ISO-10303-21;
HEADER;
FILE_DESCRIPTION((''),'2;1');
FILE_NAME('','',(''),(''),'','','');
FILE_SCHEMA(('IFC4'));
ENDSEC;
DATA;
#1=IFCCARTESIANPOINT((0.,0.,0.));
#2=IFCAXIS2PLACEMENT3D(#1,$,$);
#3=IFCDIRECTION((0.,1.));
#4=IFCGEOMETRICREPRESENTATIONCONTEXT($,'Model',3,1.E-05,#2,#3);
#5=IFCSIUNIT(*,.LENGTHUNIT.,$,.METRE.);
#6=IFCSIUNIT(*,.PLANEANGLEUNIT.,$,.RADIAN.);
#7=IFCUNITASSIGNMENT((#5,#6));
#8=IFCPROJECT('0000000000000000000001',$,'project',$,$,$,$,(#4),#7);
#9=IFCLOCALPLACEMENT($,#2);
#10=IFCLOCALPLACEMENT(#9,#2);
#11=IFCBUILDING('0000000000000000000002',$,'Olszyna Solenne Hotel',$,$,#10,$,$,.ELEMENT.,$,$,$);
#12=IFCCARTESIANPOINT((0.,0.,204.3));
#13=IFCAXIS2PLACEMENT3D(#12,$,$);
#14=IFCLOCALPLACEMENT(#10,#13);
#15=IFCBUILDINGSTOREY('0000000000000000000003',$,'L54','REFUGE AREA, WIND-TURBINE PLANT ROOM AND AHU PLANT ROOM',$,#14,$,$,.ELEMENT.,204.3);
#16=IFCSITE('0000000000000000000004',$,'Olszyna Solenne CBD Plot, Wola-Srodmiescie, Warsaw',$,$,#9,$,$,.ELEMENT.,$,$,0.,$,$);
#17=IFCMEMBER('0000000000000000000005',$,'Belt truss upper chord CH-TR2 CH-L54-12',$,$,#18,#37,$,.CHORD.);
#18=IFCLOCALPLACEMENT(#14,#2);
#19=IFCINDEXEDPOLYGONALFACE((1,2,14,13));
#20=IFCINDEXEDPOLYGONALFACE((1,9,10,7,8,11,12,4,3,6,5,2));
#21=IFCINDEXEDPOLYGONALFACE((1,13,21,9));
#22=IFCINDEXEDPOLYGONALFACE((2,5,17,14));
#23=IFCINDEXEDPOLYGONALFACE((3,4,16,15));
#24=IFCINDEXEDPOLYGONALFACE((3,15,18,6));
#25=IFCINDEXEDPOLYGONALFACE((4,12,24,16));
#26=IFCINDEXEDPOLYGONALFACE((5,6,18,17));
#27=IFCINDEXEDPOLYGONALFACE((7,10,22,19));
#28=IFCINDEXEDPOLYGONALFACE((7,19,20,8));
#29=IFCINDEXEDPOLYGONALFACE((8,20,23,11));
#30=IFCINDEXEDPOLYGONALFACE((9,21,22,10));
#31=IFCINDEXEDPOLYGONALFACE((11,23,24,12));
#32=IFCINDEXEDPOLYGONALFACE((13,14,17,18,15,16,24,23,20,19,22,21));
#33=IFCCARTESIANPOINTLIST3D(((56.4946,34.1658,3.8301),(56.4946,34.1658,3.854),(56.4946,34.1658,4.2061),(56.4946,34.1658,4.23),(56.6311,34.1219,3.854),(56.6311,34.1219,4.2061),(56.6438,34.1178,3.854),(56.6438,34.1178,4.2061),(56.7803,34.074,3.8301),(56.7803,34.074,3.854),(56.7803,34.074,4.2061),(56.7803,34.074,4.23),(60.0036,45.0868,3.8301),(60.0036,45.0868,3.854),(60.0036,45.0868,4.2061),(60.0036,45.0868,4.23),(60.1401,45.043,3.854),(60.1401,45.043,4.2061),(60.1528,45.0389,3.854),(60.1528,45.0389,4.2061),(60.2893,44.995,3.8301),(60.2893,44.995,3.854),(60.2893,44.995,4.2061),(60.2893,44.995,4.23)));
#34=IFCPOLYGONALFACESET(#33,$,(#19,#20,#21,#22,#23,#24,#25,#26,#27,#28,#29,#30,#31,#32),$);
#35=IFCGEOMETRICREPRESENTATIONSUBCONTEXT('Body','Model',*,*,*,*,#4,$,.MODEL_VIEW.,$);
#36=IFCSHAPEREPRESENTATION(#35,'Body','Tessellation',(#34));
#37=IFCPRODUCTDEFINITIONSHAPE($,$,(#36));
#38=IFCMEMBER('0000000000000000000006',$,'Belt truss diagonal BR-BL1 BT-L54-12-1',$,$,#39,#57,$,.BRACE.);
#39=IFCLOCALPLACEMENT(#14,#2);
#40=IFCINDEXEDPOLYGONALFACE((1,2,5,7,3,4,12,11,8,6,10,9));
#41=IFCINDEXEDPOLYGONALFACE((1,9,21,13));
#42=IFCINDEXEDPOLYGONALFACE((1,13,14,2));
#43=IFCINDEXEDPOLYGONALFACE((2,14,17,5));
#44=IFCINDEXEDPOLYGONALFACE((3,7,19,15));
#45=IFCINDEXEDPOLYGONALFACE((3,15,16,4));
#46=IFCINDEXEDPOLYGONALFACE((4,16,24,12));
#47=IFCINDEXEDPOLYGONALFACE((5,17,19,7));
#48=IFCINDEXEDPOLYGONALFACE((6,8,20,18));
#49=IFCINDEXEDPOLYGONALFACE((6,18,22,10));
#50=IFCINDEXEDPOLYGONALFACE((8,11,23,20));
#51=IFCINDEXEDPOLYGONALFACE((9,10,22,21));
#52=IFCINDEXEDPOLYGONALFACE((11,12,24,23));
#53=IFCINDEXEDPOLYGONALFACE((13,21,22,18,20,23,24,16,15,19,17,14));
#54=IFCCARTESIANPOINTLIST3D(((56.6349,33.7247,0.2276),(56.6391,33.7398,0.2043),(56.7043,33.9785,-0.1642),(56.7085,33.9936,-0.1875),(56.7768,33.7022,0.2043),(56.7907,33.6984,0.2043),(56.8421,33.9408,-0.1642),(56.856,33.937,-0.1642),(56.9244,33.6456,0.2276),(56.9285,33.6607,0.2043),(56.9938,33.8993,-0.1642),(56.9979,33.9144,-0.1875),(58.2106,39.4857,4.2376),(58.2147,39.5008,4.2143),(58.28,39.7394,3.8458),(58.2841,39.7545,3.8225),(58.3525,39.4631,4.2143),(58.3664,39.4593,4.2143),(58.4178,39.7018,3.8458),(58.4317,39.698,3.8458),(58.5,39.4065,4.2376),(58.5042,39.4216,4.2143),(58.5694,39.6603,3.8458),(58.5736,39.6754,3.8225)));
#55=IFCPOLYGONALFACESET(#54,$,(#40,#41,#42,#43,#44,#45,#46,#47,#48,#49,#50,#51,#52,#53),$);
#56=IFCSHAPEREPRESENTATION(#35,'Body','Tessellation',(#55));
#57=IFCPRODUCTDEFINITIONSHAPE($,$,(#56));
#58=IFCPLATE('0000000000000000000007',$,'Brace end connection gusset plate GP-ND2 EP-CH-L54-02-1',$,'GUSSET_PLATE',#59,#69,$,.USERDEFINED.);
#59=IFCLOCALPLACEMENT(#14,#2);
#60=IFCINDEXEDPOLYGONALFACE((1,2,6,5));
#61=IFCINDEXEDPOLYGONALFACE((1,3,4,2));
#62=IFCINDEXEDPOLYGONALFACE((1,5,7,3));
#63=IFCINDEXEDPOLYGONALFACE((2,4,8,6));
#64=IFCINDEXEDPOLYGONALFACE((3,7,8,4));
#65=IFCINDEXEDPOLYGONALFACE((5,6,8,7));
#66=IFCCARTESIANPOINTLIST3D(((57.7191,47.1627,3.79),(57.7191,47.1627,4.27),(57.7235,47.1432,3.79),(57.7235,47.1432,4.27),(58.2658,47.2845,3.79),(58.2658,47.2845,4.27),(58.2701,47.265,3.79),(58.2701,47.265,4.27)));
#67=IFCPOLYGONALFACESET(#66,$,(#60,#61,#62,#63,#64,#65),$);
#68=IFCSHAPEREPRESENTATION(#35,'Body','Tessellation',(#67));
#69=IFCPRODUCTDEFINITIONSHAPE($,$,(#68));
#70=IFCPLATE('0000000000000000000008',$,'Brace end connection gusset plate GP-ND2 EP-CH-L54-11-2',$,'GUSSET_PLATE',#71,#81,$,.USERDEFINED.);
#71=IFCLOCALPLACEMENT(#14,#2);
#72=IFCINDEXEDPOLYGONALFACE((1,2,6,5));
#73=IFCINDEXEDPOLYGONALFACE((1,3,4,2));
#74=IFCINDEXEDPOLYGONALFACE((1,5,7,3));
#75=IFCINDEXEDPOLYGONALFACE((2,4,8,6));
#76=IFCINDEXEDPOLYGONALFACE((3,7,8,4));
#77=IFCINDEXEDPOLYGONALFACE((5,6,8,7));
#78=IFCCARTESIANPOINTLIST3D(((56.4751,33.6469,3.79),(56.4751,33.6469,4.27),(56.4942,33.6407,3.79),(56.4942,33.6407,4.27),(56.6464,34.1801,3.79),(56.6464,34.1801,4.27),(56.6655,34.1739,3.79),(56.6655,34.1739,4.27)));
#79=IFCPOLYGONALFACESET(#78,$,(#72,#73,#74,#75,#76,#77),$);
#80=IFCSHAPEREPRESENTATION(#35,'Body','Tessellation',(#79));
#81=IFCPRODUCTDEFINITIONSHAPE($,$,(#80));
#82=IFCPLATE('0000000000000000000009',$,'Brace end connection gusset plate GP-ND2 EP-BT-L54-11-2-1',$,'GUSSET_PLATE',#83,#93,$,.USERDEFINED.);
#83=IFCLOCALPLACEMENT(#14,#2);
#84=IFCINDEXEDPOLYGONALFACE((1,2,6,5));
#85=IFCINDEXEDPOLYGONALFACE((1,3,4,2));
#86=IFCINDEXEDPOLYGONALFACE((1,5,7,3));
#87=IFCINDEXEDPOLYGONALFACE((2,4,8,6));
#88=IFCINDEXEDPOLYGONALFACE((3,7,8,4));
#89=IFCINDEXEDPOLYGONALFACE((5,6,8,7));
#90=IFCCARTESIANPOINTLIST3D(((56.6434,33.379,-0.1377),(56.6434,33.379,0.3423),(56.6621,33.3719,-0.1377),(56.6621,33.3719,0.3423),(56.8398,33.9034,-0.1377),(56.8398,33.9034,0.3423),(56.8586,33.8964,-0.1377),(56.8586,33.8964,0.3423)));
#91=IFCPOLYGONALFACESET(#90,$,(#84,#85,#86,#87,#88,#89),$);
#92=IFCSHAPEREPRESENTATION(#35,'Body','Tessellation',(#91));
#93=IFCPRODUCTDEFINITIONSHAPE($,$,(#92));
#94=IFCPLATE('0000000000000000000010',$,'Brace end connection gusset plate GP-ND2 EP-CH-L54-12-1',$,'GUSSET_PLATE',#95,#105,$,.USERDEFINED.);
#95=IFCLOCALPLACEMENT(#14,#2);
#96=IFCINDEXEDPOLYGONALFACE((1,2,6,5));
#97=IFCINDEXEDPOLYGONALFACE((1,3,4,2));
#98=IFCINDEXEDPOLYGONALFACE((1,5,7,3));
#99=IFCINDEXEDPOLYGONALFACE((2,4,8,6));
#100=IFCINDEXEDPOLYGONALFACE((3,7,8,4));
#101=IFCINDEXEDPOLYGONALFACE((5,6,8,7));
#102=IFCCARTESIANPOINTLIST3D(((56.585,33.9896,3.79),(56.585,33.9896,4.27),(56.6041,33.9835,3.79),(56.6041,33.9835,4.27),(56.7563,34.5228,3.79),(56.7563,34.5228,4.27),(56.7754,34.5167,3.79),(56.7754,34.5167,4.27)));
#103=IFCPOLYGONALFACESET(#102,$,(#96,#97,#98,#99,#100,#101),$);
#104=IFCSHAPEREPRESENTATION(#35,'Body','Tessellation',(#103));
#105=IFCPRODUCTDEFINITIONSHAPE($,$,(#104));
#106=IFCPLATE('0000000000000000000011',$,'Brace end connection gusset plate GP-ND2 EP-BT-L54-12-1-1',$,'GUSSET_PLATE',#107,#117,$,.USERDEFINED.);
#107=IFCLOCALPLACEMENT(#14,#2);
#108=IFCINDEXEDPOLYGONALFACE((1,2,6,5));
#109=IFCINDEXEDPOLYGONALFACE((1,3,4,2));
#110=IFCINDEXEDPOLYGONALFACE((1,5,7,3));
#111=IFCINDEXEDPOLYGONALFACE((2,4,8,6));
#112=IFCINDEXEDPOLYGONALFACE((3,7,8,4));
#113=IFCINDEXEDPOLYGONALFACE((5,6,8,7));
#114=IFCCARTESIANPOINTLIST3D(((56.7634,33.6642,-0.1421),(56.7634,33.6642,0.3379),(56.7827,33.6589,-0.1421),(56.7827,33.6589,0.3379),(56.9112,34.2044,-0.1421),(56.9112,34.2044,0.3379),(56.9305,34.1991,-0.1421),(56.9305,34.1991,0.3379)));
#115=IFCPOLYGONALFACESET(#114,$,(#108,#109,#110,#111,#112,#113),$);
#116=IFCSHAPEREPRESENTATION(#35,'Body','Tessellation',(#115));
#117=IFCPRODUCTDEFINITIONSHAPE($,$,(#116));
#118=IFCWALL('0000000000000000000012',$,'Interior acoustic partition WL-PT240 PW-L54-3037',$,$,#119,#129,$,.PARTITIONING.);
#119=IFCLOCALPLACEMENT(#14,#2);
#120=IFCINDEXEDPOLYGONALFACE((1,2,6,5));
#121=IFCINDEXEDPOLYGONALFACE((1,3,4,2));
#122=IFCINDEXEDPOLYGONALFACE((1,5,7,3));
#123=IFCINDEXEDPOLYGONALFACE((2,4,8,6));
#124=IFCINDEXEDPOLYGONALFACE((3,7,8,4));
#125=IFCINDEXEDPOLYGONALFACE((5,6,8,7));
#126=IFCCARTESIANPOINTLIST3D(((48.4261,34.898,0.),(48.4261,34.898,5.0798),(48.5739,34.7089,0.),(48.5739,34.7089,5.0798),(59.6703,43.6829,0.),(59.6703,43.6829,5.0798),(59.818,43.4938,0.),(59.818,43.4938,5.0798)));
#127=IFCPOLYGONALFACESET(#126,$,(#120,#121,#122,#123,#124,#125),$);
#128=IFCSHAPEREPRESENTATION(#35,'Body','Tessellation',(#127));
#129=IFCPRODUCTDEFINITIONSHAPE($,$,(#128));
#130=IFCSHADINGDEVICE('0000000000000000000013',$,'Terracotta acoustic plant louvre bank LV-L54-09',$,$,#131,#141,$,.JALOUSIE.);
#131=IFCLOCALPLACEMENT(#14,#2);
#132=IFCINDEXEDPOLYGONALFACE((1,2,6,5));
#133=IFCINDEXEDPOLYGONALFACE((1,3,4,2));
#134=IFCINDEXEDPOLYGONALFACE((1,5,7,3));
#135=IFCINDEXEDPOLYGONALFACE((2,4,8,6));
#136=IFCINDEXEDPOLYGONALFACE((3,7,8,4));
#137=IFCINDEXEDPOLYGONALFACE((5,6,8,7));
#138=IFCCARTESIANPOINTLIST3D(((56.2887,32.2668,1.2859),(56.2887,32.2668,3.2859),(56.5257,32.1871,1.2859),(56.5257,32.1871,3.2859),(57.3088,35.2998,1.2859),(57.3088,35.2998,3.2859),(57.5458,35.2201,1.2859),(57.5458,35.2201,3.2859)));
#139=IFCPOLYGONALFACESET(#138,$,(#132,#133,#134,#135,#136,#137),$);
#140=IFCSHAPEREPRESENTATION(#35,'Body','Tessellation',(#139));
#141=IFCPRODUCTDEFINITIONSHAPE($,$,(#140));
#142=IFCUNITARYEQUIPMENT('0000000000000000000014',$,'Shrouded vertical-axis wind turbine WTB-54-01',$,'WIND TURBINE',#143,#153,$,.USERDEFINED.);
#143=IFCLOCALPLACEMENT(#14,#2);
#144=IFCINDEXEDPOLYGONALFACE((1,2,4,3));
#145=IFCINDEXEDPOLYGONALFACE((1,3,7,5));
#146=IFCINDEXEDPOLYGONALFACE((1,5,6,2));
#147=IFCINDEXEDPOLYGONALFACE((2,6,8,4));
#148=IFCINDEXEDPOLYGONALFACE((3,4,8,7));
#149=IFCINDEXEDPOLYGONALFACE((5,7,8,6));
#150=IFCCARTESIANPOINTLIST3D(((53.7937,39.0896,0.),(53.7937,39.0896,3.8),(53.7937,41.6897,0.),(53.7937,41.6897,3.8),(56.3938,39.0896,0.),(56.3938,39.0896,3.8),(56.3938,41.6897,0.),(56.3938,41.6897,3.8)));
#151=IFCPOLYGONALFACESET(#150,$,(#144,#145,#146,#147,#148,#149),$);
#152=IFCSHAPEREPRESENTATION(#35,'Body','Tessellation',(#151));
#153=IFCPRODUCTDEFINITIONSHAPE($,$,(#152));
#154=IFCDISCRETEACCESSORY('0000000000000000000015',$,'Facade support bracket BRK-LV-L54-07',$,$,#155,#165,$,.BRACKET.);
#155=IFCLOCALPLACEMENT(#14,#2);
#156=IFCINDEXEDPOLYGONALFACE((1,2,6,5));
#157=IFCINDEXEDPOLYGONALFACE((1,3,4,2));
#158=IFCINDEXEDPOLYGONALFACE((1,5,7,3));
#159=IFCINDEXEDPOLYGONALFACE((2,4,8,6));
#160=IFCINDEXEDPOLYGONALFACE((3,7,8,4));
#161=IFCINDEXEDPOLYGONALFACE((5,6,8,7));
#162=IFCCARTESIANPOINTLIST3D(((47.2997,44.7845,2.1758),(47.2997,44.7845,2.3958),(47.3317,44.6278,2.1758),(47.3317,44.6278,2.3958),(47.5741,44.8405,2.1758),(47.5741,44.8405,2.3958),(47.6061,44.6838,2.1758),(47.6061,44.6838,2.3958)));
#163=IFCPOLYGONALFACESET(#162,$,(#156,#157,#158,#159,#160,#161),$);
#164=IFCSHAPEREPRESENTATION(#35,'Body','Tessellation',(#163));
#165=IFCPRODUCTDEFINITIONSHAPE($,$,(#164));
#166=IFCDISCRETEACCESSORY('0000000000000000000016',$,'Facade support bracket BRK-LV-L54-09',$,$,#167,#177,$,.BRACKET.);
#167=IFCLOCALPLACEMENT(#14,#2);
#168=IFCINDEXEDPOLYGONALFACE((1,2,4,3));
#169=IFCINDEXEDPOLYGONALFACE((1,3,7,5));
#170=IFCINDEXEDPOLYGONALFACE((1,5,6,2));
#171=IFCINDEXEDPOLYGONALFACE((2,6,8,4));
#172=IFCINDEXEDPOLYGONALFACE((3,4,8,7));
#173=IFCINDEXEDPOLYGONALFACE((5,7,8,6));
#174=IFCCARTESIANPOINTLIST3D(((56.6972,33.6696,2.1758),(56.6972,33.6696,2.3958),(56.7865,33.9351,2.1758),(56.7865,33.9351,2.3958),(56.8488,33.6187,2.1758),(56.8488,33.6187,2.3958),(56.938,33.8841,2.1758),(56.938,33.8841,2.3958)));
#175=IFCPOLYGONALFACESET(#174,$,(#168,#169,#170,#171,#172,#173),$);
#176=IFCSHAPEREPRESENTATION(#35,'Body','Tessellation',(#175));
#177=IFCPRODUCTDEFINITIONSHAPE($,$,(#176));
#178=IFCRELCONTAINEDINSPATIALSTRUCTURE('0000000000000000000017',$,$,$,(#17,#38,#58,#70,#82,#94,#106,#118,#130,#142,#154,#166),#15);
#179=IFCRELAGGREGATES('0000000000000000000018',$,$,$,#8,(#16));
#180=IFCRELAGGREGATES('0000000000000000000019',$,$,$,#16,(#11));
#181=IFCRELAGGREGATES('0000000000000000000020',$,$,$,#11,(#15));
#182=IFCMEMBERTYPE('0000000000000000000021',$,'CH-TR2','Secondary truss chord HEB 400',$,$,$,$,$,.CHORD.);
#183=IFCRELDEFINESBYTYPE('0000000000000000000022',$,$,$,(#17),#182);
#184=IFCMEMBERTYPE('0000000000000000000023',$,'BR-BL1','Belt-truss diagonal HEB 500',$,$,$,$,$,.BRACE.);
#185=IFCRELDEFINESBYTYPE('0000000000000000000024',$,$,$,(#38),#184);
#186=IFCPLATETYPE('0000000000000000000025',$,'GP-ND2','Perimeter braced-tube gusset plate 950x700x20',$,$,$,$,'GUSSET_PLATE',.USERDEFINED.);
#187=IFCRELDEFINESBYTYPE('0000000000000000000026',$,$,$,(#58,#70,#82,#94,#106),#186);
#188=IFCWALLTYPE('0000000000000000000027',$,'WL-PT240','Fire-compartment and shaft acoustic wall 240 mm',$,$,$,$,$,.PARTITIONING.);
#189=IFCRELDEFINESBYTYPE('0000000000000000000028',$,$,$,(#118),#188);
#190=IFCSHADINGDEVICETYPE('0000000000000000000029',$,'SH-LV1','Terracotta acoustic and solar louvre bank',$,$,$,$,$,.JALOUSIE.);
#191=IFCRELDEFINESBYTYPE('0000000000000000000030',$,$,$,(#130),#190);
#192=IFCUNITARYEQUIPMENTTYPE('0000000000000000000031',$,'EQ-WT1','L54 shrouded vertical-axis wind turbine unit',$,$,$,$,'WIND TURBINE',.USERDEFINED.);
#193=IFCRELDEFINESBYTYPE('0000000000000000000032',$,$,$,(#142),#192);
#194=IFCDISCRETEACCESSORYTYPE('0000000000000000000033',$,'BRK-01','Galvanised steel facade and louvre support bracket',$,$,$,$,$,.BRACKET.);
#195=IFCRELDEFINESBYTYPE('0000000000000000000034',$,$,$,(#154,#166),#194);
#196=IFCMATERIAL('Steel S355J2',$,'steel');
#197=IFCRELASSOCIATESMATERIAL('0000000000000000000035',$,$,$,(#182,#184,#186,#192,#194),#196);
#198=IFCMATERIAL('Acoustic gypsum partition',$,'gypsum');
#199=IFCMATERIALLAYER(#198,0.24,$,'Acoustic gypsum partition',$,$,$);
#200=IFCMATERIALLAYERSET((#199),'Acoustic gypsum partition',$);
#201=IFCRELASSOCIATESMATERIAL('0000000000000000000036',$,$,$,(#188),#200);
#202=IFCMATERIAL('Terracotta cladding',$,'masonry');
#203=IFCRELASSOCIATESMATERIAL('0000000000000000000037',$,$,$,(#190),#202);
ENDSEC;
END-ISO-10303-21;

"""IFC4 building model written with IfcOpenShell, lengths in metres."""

from ifc_helpers import new_model, si_unit, direction, frame, frame_2d, origin, origin_2d, place, context, subcontext, project, spatial, rectangle, i_section, extrude, source, transform, mapped, material, layer, layer_set, material_profile, profile_set, type_object, element, save


model = new_model("IFC4")

# Units and contexts
model_context = context("Model", 3, precision=1e-05, world=origin(), true_north=direction((0.0, 1.0)))
body_context = subcontext(model_context, "Body", "Model", "MODEL_VIEW")
ifc_project = project(units=[si_unit("LENGTHUNIT", "METRE"), si_unit("PLANEANGLEUNIT", "RADIAN")], contexts=[model_context])

# Site, building, storey
site_placement = place(None, origin())
site = spatial("IfcSite", under=ifc_project, at=site_placement, Name="Olszyna Solenne CBD Plot, Wola-Srodmiescie, Warsaw", CompositionType="ELEMENT", RefElevation=0.0)
building_placement = place(site_placement, origin())
building = spatial("IfcBuilding", under=site, at=building_placement, Name="Olszyna Solenne Hotel", CompositionType="ELEMENT")
storey_placement = place(building_placement, frame((0.0, 0.0, 204.3)))
storey = spatial("IfcBuildingStorey", under=building, at=storey_placement, Name="L54", Description="REFUGE AREA, WIND-TURBINE PLANT ROOM AND AHU PLANT ROOM", CompositionType="ELEMENT", Elevation=204.3)

# Shared definitions
ifc_material_1 = material(Name="Steel S355J2", Category="steel")

# Members
ifc_material_profile_1 = material_profile(ifc_material_1, i_section(OverallWidth=0.3, OverallDepth=0.3999, WebThickness=0.0134, FlangeThickness=0.0239, at=origin_2d()), Name="HEB 400", Category="load-bearing")
ifc_profile_set_1 = profile_set([ifc_material_profile_1], Name="Steel S355J2")
member_type_1 = type_object("IfcMemberType", Name="CH-TR2", Description="Secondary truss chord HEB 400", PredefinedType="CHORD", material=ifc_profile_set_1)
ifc_material_profile_2 = material_profile(ifc_material_1, i_section(OverallWidth=0.3, OverallDepth=0.5, WebThickness=0.0144, FlangeThickness=0.0281, at=origin_2d()), Name="HEB 500", Category="load-bearing")
ifc_profile_set_2 = profile_set([ifc_material_profile_2], Name="Steel S355J2")
member_type_2 = type_object("IfcMemberType", Name="BR-BL1", Description="Belt-truss diagonal HEB 500", PredefinedType="BRACE", material=ifc_profile_set_2)
shared_shape_1 = source(origin(), body_context, "Body", "SweptSolid", [
    extrude(i_section(OverallWidth=0.3, OverallDepth=0.3999, WebThickness=0.0134, FlangeThickness=0.0239, at=origin_2d()), origin(), (0.0, 0.0, 1.0), 11.4709),
])
member_1_placement = place(storey_placement, frame((56.6375, 34.1199, 4.03), z_axis=(0.305904, 0.952062, 0.0), x_axis=(-0.952062, 0.305904, 0.0)))
element("IfcMember", 1, at=member_1_placement, inside=storey, type_object=member_type_1, Name="Belt truss upper chord CH-TR2 CH-L54-12", PredefinedType="CHORD", context=body_context, shape_type="MappedRepresentation", body=[
    mapped(shared_shape_1, transform((0.0, 0.0, 0.0), x_axis=(1.0, 0.0, 0.0), y_axis=(0.0, 1.0, 0.0), z_axis=(0.0, 0.0, 1.0), scale=1.0)),
])
shared_shape_2 = source(origin(), body_context, "Body", "SweptSolid", [
    extrude(i_section(OverallWidth=0.3, OverallDepth=0.5, WebThickness=0.0144, FlangeThickness=0.0281, at=origin_2d()), origin(), (0.0, 0.0, 1.0), 7.1938),
])
member_2_placement = place(storey_placement, frame((56.8164, 33.8196, 0.02), z_axis=(0.219031, 0.800818, 0.55742), x_axis=(-0.964572, 0.263819, 0.0)))
element("IfcMember", 2, at=member_2_placement, inside=storey, type_object=member_type_2, Name="Belt truss diagonal BR-BL1 BT-L54-12-1", PredefinedType="BRACE", context=body_context, shape_type="MappedRepresentation", body=[
    mapped(shared_shape_2, transform((0.0, 0.0, 0.0), x_axis=(1.0, 0.0, 0.0), y_axis=(0.0, 1.0, 0.0), z_axis=(0.0, 0.0, 1.0), scale=1.0)),
])

# Plates
plate_type = type_object("IfcPlateType", Name="GP-ND2", Description="Perimeter braced-tube gusset plate 950x700x20", ElementType="GUSSET_PLATE", PredefinedType="USERDEFINED", material=ifc_material_1)
shared_shape_3 = source(origin(), body_context, "Body", "SweptSolid", [
    extrude(rectangle(XDim=0.5601, YDim=0.02, at=origin_2d()), origin(), (0.0, 0.0, 1.0), 0.48),
])
for number, where, z_axis, x_axis, name in (
    (3, (57.9946, 47.2139, 3.79), (0.0, 0.0, 1.0), (-0.976069, -0.217462, 0.0), "Brace end connection gusset plate GP-ND2 EP-CH-L54-02-1"),
    (4, (56.5703, 33.9104, 3.79), (0.0, 0.0, 1.0), (0.305861, 0.952076, 0.0), "Brace end connection gusset plate GP-ND2 EP-CH-L54-11-2"),
    (5, (56.751, 33.6377, -0.1377), (0.0, 0.0, 1.0), (-0.350698, -0.936489, 0.0), "Brace end connection gusset plate GP-ND2 EP-BT-L54-11-2-1"),
    (6, (56.6802, 34.2532, 3.79), (0.0, 0.0, 1.0), (0.305861, 0.952076, 0.0), "Brace end connection gusset plate GP-ND2 EP-CH-L54-12-1"),
    (7, (56.8469, 33.9316, -0.1421), (0.0, 0.0, 1.0), (0.263873, 0.964557, 0.0), "Brace end connection gusset plate GP-ND2 EP-BT-L54-12-1-1"),
):
    element("IfcPlate", number, at=place(storey_placement, frame(where, z_axis=z_axis, x_axis=x_axis)), inside=storey, type_object=plate_type, Name=name, ObjectType="GUSSET_PLATE", PredefinedType="USERDEFINED", context=body_context, shape_type="MappedRepresentation", body=[
        mapped(shared_shape_3, transform((0.0, 0.0, 0.0), x_axis=(1.0, 0.0, 0.0), y_axis=(0.0, 1.0, 0.0), z_axis=(0.0, 0.0, 1.0), scale=1.0)),
    ])

# Wall
ifc_material_2 = material(Name="Acoustic gypsum partition", Category="gypsum")
ifc_layer = layer(ifc_material_2, 0.24, Name="Acoustic gypsum partition")
ifc_layer_set = layer_set([ifc_layer], Name="Acoustic gypsum partition")
wall_type = type_object("IfcWallType", Name="WL-PT240", Description="Fire-compartment and shaft acoustic wall 240 mm", PredefinedType="PARTITIONING", material=ifc_layer_set)
wall_placement = place(storey_placement, frame((48.5, 34.8035, 0.0), z_axis=(0.0, 0.0, 1.0), x_axis=(0.78801, 0.615663, 0.0)))
element("IfcWall", 8, at=wall_placement, inside=storey, type_object=wall_type, Name="Interior acoustic partition WL-PT240 PW-L54-3037", PredefinedType="PARTITIONING", context=body_context, shape_type="SweptSolid", body=[
    extrude(rectangle(XDim=14.269, YDim=0.24, at=frame_2d((7.1345, 0.0))), origin(), (0.0, 0.0, 1.0), 5.0798),
])

# Shading device
ifc_material_3 = material(Name="Terracotta cladding", Category="masonry")
shading_device_type = type_object("IfcShadingDeviceType", Name="SH-LV1", Description="Terracotta acoustic and solar louvre bank", PredefinedType="JALOUSIE", material=ifc_material_3)
shared_shape_4 = source(origin(), body_context, "Body", "SweptSolid", [
    extrude(rectangle(XDim=3.2, YDim=0.25, at=origin_2d()), origin(), (0.0, 0.0, 1.0), 2.0),
])
shading_device_placement = place(storey_placement, frame((56.9172, 33.7434, 1.2859), z_axis=(0.0, 0.0, 1.0), x_axis=(-0.318794, -0.947824, 0.0)))
element("IfcShadingDevice", 9, at=shading_device_placement, inside=storey, type_object=shading_device_type, Name="Terracotta acoustic plant louvre bank LV-L54-09", PredefinedType="JALOUSIE", context=body_context, shape_type="MappedRepresentation", body=[
    mapped(shared_shape_4, transform((0.0, 0.0, 0.0), x_axis=(1.0, 0.0, 0.0), y_axis=(0.0, 1.0, 0.0), z_axis=(0.0, 0.0, 1.0), scale=1.0)),
])

# Unitary equipment
unitary_equipment_type = type_object("IfcUnitaryEquipmentType", Name="EQ-WT1", Description="L54 shrouded vertical-axis wind turbine unit", ElementType="WIND TURBINE", PredefinedType="USERDEFINED", material=ifc_material_1)
shared_shape_5 = source(origin(), body_context, "Body", "SweptSolid", [
    extrude(rectangle(XDim=2.6001, YDim=2.6001, at=origin_2d()), origin(), (0.0, 0.0, 1.0), 3.8),
])
unitary_equipment_placement = place(storey_placement, frame((55.0938, 40.3896, 0.0), z_axis=(0.0, 0.0, 1.0), x_axis=(1.0, 0.0, 0.0)))
element("IfcUnitaryEquipment", 10, at=unitary_equipment_placement, inside=storey, type_object=unitary_equipment_type, Name="Shrouded vertical-axis wind turbine WTB-54-01", ObjectType="WIND TURBINE", PredefinedType="USERDEFINED", context=body_context, shape_type="MappedRepresentation", body=[
    mapped(shared_shape_5, transform((0.0, 0.0, 0.0), x_axis=(1.0, 0.0, 0.0), y_axis=(0.0, 1.0, 0.0), z_axis=(0.0, 0.0, 1.0), scale=1.0)),
])

# Discrete accessories
discrete_accessory_type = type_object("IfcDiscreteAccessoryType", Name="BRK-01", Description="Galvanised steel facade and louvre support bracket", PredefinedType="BRACKET", material=ifc_material_1)
shared_shape_6 = source(origin(), body_context, "Body", "SweptSolid", [
    extrude(rectangle(XDim=0.28, YDim=0.1599, at=origin_2d()), origin(), (0.0, 0.0, 1.0), 0.22),
])
for number, where, z_axis, x_axis, name in (
    (11, (47.4529, 44.7341, 2.1758), (0.0, 0.0, 1.0), (0.979785, 0.200052, 0.0), "Facade support bracket BRK-LV-L54-07"),
    (12, (56.8176, 33.7769, 2.1758), (0.0, 0.0, 1.0), (-0.318794, -0.947824, 0.0), "Facade support bracket BRK-LV-L54-09"),
):
    element("IfcDiscreteAccessory", number, at=place(storey_placement, frame(where, z_axis=z_axis, x_axis=x_axis)), inside=storey, type_object=discrete_accessory_type, Name=name, PredefinedType="BRACKET", context=body_context, shape_type="MappedRepresentation", body=[
        mapped(shared_shape_6, transform((0.0, 0.0, 0.0), x_axis=(1.0, 0.0, 0.0), y_axis=(0.0, 1.0, 0.0), z_axis=(0.0, 0.0, 1.0), scale=1.0)),
    ])

save(model, "model.ifc")
